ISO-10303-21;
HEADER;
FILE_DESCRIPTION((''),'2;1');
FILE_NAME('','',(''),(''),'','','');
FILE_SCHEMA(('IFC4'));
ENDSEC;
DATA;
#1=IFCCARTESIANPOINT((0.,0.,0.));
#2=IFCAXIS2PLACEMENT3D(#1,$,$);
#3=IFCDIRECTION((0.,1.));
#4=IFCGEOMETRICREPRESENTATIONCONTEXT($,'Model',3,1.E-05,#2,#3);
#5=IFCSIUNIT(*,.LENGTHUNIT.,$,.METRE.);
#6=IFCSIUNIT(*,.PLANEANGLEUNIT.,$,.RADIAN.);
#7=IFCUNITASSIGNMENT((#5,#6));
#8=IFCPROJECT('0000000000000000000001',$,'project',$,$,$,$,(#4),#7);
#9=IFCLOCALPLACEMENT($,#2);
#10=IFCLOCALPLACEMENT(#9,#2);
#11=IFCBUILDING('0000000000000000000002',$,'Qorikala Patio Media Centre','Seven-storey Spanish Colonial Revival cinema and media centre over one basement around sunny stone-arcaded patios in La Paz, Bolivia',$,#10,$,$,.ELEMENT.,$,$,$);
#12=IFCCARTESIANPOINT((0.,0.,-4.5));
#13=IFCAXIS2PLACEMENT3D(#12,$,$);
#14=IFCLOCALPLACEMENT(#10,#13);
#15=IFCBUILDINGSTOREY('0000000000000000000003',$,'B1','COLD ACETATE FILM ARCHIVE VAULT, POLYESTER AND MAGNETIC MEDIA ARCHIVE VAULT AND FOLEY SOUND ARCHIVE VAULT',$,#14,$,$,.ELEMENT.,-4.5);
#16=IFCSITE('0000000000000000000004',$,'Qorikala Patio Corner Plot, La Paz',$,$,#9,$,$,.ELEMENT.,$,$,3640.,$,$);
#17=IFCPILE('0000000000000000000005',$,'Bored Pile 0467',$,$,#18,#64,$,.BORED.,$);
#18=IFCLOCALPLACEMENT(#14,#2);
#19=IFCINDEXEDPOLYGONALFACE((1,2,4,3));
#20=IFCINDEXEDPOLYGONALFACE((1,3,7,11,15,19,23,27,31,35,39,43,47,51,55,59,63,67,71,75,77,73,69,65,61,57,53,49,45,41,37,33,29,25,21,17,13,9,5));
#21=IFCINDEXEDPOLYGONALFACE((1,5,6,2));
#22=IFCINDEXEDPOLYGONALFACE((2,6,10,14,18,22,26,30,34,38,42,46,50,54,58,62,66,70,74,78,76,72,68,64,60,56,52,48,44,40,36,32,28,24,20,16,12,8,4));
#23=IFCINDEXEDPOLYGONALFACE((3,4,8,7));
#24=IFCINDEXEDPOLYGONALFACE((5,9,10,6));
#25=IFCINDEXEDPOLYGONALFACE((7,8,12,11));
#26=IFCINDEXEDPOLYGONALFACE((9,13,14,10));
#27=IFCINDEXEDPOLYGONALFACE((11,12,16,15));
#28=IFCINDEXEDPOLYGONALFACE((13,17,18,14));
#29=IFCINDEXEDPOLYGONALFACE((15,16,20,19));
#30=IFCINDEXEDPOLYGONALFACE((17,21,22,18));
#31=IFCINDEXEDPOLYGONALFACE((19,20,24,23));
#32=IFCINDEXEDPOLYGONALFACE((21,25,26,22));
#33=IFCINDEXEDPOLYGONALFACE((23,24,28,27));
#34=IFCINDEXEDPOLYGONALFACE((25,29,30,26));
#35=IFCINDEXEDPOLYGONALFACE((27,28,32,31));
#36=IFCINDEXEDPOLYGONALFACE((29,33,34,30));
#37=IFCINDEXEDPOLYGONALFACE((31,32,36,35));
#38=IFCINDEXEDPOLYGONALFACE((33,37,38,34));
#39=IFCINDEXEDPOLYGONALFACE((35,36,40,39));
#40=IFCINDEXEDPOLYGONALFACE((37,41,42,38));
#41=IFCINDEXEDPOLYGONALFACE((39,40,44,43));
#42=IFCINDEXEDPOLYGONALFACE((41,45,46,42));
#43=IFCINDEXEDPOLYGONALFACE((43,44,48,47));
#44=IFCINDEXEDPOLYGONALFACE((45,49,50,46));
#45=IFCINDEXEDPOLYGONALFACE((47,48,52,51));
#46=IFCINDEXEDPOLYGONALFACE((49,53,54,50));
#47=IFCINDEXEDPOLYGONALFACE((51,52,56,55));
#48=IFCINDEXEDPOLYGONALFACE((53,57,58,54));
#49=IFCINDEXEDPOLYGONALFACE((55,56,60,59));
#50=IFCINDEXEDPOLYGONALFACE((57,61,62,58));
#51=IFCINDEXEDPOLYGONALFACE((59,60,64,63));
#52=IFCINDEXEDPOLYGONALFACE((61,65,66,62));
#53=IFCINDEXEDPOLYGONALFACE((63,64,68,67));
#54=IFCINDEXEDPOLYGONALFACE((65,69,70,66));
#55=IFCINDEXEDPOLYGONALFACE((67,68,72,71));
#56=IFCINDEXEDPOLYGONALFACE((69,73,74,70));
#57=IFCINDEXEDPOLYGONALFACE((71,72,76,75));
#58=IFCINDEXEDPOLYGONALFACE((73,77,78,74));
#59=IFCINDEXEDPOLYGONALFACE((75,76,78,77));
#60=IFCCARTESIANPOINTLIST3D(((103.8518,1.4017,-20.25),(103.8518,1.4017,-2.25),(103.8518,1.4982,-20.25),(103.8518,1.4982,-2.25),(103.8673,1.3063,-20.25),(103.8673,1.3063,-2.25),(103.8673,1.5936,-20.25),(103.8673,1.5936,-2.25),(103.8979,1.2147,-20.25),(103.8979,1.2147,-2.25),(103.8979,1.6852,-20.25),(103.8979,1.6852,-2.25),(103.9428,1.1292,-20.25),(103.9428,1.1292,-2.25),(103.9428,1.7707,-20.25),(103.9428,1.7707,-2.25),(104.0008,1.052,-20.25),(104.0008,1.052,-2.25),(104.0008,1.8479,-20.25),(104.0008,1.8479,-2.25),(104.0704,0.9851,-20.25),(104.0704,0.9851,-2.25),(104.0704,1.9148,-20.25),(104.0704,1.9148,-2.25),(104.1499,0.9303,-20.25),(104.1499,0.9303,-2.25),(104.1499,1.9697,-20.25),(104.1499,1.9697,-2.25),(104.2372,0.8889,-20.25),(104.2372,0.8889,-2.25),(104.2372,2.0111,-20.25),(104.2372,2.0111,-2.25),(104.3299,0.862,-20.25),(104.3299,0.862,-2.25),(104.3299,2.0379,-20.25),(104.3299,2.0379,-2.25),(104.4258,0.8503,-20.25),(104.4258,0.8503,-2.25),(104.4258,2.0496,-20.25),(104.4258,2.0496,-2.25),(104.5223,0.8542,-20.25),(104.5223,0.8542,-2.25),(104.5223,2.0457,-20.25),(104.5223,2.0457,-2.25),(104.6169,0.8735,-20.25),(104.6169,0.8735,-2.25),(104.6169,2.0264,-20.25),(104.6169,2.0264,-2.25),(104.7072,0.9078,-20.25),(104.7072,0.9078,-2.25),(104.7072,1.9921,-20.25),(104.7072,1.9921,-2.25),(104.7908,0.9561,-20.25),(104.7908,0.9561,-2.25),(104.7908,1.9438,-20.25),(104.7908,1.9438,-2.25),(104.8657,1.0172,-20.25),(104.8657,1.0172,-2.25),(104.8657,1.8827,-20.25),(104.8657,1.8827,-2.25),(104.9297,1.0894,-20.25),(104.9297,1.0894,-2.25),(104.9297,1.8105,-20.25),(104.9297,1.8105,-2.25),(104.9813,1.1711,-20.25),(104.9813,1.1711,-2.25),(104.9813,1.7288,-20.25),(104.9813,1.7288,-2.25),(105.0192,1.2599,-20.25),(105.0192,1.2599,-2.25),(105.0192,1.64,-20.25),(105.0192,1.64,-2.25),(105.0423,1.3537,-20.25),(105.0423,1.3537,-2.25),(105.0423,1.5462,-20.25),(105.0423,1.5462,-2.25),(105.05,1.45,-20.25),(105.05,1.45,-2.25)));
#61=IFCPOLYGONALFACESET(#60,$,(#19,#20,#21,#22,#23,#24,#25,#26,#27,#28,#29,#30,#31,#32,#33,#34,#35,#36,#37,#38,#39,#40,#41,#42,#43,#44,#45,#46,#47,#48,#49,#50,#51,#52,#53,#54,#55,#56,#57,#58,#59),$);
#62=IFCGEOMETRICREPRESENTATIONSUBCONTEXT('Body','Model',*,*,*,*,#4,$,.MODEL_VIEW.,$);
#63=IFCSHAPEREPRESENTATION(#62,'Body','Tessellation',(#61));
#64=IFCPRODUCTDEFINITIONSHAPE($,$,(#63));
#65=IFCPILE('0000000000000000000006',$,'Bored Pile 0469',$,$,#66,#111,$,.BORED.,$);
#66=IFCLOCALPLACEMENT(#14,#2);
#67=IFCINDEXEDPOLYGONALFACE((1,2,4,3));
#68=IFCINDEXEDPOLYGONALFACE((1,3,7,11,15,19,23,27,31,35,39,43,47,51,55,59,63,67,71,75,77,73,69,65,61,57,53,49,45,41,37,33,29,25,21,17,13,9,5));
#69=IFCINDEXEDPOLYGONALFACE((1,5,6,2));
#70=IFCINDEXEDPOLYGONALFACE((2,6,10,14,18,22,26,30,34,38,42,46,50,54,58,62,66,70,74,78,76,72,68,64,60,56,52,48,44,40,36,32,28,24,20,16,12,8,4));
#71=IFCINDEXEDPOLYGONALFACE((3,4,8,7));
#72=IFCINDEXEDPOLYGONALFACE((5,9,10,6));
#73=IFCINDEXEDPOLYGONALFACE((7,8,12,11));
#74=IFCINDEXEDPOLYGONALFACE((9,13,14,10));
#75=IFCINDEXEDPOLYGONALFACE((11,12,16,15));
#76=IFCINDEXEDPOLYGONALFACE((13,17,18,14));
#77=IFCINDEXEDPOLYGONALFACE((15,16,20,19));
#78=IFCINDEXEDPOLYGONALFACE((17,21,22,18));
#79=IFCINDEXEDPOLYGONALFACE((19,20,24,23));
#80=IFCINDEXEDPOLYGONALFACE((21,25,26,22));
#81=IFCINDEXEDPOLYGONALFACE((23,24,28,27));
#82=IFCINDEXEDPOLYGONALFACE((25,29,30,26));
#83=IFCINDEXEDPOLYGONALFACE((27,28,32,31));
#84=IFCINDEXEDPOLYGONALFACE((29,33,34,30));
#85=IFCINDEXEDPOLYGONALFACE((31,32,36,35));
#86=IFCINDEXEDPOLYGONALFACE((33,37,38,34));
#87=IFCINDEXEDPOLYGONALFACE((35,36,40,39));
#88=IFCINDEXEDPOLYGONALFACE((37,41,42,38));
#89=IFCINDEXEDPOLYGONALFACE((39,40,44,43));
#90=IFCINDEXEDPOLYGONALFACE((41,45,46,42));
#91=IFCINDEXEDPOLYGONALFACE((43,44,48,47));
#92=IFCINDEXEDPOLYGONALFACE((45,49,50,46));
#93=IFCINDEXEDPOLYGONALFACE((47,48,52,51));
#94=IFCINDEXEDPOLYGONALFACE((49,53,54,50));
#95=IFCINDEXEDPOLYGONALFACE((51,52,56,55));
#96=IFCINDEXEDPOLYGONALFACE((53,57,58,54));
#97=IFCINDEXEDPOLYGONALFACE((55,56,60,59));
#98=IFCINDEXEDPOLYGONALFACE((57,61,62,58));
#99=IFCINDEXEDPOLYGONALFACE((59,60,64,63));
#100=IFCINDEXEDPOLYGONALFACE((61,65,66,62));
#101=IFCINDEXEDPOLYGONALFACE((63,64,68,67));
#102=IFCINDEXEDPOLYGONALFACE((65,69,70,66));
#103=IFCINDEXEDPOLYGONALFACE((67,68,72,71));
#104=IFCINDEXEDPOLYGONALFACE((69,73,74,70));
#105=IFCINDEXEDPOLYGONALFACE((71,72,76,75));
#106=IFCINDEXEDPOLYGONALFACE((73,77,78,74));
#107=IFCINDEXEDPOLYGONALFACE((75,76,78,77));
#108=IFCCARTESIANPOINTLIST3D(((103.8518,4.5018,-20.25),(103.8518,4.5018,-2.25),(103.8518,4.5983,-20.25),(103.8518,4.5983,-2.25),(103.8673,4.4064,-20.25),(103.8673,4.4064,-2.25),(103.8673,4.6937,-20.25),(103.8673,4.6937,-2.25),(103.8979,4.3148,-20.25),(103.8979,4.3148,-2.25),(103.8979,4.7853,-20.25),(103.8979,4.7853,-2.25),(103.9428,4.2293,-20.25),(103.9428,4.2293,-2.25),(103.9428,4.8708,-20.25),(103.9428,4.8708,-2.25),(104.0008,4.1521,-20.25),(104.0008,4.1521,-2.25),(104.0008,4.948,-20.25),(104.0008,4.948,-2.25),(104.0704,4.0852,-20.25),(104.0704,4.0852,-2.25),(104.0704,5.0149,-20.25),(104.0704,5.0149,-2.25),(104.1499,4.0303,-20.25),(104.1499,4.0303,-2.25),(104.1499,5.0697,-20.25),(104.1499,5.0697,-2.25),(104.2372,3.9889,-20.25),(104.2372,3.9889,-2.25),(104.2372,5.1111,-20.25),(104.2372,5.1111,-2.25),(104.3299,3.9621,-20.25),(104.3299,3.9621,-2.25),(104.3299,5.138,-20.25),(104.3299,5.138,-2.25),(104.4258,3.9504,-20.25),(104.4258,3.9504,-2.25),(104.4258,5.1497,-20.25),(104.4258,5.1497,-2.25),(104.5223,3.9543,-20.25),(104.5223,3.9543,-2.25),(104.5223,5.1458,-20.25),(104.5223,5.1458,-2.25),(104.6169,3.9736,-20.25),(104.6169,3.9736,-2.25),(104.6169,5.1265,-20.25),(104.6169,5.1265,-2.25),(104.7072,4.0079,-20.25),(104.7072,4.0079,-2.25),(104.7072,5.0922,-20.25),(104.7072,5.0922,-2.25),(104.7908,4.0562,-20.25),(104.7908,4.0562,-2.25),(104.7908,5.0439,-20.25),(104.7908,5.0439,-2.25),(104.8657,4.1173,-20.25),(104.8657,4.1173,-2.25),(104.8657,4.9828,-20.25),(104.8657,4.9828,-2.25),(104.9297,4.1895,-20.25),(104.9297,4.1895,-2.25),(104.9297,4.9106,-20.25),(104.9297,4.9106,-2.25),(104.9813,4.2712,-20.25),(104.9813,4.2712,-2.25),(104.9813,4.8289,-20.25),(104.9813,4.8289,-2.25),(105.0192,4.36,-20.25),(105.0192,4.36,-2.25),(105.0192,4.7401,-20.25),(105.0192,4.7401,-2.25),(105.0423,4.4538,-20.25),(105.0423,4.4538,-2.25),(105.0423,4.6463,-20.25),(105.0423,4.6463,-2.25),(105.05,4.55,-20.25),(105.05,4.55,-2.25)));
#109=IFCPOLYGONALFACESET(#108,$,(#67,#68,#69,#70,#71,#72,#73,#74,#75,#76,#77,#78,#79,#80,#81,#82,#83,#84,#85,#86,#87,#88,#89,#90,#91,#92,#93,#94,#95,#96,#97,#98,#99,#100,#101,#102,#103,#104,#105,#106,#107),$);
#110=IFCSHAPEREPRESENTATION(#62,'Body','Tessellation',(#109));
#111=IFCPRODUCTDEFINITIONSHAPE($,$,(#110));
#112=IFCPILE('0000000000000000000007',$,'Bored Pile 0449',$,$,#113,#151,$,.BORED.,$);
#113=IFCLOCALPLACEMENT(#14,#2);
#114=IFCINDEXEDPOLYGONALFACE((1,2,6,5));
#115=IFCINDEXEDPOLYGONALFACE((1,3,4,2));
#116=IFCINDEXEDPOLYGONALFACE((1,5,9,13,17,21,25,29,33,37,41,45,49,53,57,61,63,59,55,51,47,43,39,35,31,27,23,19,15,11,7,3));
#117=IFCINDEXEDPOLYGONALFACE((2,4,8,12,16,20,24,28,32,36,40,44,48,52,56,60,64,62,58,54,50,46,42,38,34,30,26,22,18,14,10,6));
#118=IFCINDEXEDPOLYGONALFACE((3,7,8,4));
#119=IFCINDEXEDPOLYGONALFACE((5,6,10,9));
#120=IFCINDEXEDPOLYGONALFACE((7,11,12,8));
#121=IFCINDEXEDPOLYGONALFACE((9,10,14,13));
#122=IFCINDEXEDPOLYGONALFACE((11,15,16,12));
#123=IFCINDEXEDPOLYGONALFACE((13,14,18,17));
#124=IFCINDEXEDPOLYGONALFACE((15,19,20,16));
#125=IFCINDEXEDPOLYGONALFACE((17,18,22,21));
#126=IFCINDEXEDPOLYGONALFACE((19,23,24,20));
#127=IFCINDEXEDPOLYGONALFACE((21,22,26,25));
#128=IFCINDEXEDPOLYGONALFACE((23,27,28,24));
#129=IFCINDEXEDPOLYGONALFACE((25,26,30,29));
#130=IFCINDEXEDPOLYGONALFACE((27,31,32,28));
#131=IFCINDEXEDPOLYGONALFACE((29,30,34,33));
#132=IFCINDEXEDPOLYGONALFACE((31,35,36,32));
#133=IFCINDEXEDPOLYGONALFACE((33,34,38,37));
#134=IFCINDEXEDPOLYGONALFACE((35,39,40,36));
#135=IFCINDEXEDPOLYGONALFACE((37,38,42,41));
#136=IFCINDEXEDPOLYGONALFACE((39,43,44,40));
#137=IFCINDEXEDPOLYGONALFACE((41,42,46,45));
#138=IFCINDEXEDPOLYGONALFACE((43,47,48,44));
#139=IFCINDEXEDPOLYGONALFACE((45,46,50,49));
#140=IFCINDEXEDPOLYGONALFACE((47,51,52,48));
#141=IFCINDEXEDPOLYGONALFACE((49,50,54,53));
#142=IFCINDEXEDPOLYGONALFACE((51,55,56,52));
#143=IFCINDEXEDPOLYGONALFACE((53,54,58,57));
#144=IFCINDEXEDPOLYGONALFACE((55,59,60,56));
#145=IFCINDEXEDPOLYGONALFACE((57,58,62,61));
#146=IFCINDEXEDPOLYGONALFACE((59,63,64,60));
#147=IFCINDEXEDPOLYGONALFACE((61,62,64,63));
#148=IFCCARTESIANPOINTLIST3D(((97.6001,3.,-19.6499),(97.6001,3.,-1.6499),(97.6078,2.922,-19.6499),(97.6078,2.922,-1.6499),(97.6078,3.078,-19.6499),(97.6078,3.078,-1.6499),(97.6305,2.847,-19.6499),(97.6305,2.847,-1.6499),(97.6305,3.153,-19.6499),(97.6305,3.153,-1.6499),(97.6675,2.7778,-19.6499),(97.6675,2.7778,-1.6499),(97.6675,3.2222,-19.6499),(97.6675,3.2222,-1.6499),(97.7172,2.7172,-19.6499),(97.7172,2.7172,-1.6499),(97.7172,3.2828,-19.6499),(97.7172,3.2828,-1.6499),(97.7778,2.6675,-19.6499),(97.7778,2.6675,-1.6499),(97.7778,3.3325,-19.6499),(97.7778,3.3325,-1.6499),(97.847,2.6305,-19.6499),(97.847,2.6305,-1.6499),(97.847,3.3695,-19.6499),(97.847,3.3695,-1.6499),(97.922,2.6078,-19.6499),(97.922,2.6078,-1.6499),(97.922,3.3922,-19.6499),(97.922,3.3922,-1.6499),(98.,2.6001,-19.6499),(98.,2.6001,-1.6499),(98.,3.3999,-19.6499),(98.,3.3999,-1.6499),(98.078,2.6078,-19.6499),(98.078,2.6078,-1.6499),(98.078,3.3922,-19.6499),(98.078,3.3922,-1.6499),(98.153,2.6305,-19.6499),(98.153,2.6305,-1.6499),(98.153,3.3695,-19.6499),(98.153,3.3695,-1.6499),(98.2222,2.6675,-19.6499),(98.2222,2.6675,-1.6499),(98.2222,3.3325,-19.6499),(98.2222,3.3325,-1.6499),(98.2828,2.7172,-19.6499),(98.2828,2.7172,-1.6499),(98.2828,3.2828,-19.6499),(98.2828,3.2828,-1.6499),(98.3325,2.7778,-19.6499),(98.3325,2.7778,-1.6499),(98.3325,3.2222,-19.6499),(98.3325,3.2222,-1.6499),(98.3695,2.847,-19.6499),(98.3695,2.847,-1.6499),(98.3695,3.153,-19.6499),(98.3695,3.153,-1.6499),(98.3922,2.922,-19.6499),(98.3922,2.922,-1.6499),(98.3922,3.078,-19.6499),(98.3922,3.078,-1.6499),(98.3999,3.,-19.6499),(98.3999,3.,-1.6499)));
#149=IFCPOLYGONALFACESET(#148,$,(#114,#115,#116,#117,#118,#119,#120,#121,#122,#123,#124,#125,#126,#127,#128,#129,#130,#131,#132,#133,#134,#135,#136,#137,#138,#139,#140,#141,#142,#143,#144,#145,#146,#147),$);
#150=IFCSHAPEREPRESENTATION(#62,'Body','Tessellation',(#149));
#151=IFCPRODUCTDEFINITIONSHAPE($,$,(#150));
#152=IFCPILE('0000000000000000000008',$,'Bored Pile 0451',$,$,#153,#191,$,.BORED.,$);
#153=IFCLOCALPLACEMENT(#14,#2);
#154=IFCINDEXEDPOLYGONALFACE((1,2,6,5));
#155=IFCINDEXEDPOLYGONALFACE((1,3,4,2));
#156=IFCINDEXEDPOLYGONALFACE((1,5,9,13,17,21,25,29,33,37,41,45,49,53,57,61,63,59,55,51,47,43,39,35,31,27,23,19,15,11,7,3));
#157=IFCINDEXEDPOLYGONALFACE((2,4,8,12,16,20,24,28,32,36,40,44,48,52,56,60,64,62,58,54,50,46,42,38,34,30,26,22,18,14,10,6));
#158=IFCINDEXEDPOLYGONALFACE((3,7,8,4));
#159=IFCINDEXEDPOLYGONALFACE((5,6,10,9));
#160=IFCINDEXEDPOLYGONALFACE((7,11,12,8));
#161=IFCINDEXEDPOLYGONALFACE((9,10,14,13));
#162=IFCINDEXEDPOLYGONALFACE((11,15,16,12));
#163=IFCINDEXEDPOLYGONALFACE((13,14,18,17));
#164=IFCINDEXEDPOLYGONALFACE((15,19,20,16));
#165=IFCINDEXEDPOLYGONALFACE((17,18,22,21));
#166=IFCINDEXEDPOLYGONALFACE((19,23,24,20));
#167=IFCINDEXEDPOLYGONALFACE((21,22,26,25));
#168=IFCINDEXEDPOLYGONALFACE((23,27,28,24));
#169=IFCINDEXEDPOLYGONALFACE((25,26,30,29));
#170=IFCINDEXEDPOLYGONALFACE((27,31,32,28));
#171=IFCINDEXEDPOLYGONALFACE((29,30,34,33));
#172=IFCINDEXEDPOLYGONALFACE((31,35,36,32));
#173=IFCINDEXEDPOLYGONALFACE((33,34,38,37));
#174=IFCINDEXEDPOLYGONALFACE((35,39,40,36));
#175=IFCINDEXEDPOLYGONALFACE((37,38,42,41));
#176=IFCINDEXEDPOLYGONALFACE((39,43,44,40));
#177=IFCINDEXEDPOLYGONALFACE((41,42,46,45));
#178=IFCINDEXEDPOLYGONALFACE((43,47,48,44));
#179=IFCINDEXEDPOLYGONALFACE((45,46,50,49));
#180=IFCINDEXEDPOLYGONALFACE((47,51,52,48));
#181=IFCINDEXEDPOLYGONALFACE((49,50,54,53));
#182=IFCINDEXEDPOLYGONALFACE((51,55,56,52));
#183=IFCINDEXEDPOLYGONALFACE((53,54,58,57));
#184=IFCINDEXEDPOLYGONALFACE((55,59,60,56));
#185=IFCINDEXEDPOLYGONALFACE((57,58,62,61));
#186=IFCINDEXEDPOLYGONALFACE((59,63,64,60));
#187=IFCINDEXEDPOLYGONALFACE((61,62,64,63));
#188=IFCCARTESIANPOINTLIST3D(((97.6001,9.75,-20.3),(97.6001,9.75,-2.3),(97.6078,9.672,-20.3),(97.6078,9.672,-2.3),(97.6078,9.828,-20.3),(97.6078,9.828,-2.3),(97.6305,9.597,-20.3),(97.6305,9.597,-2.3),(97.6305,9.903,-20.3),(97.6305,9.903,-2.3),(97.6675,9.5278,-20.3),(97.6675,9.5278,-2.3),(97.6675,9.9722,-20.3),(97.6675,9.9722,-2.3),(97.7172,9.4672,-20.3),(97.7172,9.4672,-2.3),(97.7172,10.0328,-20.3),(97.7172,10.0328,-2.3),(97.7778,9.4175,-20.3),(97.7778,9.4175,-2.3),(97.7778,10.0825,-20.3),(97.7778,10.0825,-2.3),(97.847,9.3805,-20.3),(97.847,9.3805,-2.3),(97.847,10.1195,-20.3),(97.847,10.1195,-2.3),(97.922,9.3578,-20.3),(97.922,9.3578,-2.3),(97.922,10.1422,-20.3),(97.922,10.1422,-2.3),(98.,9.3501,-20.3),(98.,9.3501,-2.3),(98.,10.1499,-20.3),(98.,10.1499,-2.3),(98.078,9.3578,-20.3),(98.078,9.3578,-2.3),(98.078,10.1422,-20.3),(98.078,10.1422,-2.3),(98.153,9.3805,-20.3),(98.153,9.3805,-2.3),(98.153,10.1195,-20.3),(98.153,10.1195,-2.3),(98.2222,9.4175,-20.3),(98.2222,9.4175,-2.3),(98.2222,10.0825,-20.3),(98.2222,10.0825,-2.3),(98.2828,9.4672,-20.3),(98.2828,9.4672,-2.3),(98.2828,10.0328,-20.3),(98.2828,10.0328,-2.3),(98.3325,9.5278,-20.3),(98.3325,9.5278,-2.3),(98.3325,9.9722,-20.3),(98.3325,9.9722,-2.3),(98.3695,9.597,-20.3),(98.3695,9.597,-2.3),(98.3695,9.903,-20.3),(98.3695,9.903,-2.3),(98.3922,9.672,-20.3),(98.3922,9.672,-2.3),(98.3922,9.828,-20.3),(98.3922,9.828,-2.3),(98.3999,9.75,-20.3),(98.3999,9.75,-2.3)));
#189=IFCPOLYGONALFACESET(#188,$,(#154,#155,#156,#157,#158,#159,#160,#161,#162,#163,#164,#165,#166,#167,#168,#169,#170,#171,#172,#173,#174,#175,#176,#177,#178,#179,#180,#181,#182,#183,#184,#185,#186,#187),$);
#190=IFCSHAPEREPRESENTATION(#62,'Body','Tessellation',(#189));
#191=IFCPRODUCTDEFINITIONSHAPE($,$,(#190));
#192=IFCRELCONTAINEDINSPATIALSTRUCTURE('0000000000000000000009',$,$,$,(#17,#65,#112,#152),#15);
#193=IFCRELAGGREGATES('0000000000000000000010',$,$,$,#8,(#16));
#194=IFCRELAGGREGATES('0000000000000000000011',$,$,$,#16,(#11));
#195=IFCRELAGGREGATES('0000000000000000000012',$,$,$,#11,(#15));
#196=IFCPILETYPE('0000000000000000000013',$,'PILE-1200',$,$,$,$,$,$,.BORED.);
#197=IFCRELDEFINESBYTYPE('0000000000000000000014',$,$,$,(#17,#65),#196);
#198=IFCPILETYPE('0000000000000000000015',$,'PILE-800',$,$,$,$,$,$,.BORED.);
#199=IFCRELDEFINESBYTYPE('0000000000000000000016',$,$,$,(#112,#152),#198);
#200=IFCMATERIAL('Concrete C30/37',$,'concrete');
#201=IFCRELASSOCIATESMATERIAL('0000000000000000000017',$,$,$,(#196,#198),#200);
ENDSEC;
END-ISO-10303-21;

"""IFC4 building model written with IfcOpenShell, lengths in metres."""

from ifc_helpers import new_model, si_unit, direction, frame, origin, origin_2d, place, context, subcontext, project, spatial, circle, extrude, material, material_profile, profile_set, type_object, element, save


model = new_model("IFC4")

# Units and contexts
model_context = context("Model", 3, precision=1e-05, world=origin(), true_north=direction((0.0, 1.0)))
body_context = subcontext(model_context, "Body", "Model", "MODEL_VIEW")
ifc_project = project(units=[si_unit("LENGTHUNIT", "METRE"), si_unit("PLANEANGLEUNIT", "RADIAN")], contexts=[model_context])

# Site, building, storey
site_placement = place(None, origin())
site = spatial("IfcSite", under=ifc_project, at=site_placement, Name="Qorikala Patio Corner Plot, La Paz", CompositionType="ELEMENT", RefElevation=3640.0)
building_placement = place(site_placement, origin())
building = spatial("IfcBuilding", under=site, at=building_placement, Name="Qorikala Patio Media Centre", Description="Seven-storey Spanish Colonial Revival cinema and media centre over one basement around sunny stone-arcaded patios in La Paz, Bolivia", CompositionType="ELEMENT")
storey_placement = place(building_placement, frame((0.0, 0.0, -4.5)))
storey = spatial("IfcBuildingStorey", under=building, at=storey_placement, Name="B1", Description="COLD ACETATE FILM ARCHIVE VAULT, POLYESTER AND MAGNETIC MEDIA ARCHIVE VAULT AND FOLEY SOUND ARCHIVE VAULT", CompositionType="ELEMENT", Elevation=-4.5)

# Shared definitions
ifc_material_1 = material(Name="Concrete C30/37", Category="concrete")

# Piles
ifc_material_profile_1 = material_profile(ifc_material_1, circle(Radius=0.6001, at=origin_2d()), Name="BORED PILE 1200")
ifc_profile_set_1 = profile_set([ifc_material_profile_1], Name="Concrete C30/37")
pile_type_1 = type_object("IfcPileType", Name="PILE-1200", PredefinedType="BORED", material=ifc_profile_set_1)
for number, where, z_axis, x_axis, name in (
    (1, (104.45, 1.45, -2.25), (0.0, 0.0, -1.0), (1.0, 0.0, 0.0), "Bored Pile 0467"),
    (2, (104.45, 4.55, -2.25), (0.0, 0.0, -1.0), (1.0, 0.0, 0.0), "Bored Pile 0469"),
):
    element("IfcPile", number, at=place(storey_placement, frame(where, z_axis=z_axis, x_axis=x_axis)), inside=storey, type_object=pile_type_1, Name=name, PredefinedType="BORED", context=body_context, shape_type="SweptSolid", body=[
        extrude(circle(Radius=0.6001, at=origin_2d()), origin(), (0.0, 0.0, 1.0), 18.0),
    ])
ifc_material_profile_2 = material_profile(ifc_material_1, circle(Radius=0.3999, at=origin_2d()), Name="BORED PILE 800")
ifc_profile_set_2 = profile_set([ifc_material_profile_2], Name="Concrete C30/37")
pile_type_2 = type_object("IfcPileType", Name="PILE-800", PredefinedType="BORED", material=ifc_profile_set_2)
for number, where, z_axis, x_axis, name in (
    (3, (98.0, 3.0, -1.6499), (0.0, 0.0, -1.0), (1.0, 0.0, 0.0), "Bored Pile 0449"),
    (4, (98.0, 9.75, -2.3), (0.0, 0.0, -1.0), (1.0, 0.0, 0.0), "Bored Pile 0451"),
):
    element("IfcPile", number, at=place(storey_placement, frame(where, z_axis=z_axis, x_axis=x_axis)), inside=storey, type_object=pile_type_2, Name=name, PredefinedType="BORED", context=body_context, shape_type="SweptSolid", body=[
        extrude(circle(Radius=0.3999, at=origin_2d()), origin(), (0.0, 0.0, 1.0), 18.0),
    ])

save(model, "model.ifc")
